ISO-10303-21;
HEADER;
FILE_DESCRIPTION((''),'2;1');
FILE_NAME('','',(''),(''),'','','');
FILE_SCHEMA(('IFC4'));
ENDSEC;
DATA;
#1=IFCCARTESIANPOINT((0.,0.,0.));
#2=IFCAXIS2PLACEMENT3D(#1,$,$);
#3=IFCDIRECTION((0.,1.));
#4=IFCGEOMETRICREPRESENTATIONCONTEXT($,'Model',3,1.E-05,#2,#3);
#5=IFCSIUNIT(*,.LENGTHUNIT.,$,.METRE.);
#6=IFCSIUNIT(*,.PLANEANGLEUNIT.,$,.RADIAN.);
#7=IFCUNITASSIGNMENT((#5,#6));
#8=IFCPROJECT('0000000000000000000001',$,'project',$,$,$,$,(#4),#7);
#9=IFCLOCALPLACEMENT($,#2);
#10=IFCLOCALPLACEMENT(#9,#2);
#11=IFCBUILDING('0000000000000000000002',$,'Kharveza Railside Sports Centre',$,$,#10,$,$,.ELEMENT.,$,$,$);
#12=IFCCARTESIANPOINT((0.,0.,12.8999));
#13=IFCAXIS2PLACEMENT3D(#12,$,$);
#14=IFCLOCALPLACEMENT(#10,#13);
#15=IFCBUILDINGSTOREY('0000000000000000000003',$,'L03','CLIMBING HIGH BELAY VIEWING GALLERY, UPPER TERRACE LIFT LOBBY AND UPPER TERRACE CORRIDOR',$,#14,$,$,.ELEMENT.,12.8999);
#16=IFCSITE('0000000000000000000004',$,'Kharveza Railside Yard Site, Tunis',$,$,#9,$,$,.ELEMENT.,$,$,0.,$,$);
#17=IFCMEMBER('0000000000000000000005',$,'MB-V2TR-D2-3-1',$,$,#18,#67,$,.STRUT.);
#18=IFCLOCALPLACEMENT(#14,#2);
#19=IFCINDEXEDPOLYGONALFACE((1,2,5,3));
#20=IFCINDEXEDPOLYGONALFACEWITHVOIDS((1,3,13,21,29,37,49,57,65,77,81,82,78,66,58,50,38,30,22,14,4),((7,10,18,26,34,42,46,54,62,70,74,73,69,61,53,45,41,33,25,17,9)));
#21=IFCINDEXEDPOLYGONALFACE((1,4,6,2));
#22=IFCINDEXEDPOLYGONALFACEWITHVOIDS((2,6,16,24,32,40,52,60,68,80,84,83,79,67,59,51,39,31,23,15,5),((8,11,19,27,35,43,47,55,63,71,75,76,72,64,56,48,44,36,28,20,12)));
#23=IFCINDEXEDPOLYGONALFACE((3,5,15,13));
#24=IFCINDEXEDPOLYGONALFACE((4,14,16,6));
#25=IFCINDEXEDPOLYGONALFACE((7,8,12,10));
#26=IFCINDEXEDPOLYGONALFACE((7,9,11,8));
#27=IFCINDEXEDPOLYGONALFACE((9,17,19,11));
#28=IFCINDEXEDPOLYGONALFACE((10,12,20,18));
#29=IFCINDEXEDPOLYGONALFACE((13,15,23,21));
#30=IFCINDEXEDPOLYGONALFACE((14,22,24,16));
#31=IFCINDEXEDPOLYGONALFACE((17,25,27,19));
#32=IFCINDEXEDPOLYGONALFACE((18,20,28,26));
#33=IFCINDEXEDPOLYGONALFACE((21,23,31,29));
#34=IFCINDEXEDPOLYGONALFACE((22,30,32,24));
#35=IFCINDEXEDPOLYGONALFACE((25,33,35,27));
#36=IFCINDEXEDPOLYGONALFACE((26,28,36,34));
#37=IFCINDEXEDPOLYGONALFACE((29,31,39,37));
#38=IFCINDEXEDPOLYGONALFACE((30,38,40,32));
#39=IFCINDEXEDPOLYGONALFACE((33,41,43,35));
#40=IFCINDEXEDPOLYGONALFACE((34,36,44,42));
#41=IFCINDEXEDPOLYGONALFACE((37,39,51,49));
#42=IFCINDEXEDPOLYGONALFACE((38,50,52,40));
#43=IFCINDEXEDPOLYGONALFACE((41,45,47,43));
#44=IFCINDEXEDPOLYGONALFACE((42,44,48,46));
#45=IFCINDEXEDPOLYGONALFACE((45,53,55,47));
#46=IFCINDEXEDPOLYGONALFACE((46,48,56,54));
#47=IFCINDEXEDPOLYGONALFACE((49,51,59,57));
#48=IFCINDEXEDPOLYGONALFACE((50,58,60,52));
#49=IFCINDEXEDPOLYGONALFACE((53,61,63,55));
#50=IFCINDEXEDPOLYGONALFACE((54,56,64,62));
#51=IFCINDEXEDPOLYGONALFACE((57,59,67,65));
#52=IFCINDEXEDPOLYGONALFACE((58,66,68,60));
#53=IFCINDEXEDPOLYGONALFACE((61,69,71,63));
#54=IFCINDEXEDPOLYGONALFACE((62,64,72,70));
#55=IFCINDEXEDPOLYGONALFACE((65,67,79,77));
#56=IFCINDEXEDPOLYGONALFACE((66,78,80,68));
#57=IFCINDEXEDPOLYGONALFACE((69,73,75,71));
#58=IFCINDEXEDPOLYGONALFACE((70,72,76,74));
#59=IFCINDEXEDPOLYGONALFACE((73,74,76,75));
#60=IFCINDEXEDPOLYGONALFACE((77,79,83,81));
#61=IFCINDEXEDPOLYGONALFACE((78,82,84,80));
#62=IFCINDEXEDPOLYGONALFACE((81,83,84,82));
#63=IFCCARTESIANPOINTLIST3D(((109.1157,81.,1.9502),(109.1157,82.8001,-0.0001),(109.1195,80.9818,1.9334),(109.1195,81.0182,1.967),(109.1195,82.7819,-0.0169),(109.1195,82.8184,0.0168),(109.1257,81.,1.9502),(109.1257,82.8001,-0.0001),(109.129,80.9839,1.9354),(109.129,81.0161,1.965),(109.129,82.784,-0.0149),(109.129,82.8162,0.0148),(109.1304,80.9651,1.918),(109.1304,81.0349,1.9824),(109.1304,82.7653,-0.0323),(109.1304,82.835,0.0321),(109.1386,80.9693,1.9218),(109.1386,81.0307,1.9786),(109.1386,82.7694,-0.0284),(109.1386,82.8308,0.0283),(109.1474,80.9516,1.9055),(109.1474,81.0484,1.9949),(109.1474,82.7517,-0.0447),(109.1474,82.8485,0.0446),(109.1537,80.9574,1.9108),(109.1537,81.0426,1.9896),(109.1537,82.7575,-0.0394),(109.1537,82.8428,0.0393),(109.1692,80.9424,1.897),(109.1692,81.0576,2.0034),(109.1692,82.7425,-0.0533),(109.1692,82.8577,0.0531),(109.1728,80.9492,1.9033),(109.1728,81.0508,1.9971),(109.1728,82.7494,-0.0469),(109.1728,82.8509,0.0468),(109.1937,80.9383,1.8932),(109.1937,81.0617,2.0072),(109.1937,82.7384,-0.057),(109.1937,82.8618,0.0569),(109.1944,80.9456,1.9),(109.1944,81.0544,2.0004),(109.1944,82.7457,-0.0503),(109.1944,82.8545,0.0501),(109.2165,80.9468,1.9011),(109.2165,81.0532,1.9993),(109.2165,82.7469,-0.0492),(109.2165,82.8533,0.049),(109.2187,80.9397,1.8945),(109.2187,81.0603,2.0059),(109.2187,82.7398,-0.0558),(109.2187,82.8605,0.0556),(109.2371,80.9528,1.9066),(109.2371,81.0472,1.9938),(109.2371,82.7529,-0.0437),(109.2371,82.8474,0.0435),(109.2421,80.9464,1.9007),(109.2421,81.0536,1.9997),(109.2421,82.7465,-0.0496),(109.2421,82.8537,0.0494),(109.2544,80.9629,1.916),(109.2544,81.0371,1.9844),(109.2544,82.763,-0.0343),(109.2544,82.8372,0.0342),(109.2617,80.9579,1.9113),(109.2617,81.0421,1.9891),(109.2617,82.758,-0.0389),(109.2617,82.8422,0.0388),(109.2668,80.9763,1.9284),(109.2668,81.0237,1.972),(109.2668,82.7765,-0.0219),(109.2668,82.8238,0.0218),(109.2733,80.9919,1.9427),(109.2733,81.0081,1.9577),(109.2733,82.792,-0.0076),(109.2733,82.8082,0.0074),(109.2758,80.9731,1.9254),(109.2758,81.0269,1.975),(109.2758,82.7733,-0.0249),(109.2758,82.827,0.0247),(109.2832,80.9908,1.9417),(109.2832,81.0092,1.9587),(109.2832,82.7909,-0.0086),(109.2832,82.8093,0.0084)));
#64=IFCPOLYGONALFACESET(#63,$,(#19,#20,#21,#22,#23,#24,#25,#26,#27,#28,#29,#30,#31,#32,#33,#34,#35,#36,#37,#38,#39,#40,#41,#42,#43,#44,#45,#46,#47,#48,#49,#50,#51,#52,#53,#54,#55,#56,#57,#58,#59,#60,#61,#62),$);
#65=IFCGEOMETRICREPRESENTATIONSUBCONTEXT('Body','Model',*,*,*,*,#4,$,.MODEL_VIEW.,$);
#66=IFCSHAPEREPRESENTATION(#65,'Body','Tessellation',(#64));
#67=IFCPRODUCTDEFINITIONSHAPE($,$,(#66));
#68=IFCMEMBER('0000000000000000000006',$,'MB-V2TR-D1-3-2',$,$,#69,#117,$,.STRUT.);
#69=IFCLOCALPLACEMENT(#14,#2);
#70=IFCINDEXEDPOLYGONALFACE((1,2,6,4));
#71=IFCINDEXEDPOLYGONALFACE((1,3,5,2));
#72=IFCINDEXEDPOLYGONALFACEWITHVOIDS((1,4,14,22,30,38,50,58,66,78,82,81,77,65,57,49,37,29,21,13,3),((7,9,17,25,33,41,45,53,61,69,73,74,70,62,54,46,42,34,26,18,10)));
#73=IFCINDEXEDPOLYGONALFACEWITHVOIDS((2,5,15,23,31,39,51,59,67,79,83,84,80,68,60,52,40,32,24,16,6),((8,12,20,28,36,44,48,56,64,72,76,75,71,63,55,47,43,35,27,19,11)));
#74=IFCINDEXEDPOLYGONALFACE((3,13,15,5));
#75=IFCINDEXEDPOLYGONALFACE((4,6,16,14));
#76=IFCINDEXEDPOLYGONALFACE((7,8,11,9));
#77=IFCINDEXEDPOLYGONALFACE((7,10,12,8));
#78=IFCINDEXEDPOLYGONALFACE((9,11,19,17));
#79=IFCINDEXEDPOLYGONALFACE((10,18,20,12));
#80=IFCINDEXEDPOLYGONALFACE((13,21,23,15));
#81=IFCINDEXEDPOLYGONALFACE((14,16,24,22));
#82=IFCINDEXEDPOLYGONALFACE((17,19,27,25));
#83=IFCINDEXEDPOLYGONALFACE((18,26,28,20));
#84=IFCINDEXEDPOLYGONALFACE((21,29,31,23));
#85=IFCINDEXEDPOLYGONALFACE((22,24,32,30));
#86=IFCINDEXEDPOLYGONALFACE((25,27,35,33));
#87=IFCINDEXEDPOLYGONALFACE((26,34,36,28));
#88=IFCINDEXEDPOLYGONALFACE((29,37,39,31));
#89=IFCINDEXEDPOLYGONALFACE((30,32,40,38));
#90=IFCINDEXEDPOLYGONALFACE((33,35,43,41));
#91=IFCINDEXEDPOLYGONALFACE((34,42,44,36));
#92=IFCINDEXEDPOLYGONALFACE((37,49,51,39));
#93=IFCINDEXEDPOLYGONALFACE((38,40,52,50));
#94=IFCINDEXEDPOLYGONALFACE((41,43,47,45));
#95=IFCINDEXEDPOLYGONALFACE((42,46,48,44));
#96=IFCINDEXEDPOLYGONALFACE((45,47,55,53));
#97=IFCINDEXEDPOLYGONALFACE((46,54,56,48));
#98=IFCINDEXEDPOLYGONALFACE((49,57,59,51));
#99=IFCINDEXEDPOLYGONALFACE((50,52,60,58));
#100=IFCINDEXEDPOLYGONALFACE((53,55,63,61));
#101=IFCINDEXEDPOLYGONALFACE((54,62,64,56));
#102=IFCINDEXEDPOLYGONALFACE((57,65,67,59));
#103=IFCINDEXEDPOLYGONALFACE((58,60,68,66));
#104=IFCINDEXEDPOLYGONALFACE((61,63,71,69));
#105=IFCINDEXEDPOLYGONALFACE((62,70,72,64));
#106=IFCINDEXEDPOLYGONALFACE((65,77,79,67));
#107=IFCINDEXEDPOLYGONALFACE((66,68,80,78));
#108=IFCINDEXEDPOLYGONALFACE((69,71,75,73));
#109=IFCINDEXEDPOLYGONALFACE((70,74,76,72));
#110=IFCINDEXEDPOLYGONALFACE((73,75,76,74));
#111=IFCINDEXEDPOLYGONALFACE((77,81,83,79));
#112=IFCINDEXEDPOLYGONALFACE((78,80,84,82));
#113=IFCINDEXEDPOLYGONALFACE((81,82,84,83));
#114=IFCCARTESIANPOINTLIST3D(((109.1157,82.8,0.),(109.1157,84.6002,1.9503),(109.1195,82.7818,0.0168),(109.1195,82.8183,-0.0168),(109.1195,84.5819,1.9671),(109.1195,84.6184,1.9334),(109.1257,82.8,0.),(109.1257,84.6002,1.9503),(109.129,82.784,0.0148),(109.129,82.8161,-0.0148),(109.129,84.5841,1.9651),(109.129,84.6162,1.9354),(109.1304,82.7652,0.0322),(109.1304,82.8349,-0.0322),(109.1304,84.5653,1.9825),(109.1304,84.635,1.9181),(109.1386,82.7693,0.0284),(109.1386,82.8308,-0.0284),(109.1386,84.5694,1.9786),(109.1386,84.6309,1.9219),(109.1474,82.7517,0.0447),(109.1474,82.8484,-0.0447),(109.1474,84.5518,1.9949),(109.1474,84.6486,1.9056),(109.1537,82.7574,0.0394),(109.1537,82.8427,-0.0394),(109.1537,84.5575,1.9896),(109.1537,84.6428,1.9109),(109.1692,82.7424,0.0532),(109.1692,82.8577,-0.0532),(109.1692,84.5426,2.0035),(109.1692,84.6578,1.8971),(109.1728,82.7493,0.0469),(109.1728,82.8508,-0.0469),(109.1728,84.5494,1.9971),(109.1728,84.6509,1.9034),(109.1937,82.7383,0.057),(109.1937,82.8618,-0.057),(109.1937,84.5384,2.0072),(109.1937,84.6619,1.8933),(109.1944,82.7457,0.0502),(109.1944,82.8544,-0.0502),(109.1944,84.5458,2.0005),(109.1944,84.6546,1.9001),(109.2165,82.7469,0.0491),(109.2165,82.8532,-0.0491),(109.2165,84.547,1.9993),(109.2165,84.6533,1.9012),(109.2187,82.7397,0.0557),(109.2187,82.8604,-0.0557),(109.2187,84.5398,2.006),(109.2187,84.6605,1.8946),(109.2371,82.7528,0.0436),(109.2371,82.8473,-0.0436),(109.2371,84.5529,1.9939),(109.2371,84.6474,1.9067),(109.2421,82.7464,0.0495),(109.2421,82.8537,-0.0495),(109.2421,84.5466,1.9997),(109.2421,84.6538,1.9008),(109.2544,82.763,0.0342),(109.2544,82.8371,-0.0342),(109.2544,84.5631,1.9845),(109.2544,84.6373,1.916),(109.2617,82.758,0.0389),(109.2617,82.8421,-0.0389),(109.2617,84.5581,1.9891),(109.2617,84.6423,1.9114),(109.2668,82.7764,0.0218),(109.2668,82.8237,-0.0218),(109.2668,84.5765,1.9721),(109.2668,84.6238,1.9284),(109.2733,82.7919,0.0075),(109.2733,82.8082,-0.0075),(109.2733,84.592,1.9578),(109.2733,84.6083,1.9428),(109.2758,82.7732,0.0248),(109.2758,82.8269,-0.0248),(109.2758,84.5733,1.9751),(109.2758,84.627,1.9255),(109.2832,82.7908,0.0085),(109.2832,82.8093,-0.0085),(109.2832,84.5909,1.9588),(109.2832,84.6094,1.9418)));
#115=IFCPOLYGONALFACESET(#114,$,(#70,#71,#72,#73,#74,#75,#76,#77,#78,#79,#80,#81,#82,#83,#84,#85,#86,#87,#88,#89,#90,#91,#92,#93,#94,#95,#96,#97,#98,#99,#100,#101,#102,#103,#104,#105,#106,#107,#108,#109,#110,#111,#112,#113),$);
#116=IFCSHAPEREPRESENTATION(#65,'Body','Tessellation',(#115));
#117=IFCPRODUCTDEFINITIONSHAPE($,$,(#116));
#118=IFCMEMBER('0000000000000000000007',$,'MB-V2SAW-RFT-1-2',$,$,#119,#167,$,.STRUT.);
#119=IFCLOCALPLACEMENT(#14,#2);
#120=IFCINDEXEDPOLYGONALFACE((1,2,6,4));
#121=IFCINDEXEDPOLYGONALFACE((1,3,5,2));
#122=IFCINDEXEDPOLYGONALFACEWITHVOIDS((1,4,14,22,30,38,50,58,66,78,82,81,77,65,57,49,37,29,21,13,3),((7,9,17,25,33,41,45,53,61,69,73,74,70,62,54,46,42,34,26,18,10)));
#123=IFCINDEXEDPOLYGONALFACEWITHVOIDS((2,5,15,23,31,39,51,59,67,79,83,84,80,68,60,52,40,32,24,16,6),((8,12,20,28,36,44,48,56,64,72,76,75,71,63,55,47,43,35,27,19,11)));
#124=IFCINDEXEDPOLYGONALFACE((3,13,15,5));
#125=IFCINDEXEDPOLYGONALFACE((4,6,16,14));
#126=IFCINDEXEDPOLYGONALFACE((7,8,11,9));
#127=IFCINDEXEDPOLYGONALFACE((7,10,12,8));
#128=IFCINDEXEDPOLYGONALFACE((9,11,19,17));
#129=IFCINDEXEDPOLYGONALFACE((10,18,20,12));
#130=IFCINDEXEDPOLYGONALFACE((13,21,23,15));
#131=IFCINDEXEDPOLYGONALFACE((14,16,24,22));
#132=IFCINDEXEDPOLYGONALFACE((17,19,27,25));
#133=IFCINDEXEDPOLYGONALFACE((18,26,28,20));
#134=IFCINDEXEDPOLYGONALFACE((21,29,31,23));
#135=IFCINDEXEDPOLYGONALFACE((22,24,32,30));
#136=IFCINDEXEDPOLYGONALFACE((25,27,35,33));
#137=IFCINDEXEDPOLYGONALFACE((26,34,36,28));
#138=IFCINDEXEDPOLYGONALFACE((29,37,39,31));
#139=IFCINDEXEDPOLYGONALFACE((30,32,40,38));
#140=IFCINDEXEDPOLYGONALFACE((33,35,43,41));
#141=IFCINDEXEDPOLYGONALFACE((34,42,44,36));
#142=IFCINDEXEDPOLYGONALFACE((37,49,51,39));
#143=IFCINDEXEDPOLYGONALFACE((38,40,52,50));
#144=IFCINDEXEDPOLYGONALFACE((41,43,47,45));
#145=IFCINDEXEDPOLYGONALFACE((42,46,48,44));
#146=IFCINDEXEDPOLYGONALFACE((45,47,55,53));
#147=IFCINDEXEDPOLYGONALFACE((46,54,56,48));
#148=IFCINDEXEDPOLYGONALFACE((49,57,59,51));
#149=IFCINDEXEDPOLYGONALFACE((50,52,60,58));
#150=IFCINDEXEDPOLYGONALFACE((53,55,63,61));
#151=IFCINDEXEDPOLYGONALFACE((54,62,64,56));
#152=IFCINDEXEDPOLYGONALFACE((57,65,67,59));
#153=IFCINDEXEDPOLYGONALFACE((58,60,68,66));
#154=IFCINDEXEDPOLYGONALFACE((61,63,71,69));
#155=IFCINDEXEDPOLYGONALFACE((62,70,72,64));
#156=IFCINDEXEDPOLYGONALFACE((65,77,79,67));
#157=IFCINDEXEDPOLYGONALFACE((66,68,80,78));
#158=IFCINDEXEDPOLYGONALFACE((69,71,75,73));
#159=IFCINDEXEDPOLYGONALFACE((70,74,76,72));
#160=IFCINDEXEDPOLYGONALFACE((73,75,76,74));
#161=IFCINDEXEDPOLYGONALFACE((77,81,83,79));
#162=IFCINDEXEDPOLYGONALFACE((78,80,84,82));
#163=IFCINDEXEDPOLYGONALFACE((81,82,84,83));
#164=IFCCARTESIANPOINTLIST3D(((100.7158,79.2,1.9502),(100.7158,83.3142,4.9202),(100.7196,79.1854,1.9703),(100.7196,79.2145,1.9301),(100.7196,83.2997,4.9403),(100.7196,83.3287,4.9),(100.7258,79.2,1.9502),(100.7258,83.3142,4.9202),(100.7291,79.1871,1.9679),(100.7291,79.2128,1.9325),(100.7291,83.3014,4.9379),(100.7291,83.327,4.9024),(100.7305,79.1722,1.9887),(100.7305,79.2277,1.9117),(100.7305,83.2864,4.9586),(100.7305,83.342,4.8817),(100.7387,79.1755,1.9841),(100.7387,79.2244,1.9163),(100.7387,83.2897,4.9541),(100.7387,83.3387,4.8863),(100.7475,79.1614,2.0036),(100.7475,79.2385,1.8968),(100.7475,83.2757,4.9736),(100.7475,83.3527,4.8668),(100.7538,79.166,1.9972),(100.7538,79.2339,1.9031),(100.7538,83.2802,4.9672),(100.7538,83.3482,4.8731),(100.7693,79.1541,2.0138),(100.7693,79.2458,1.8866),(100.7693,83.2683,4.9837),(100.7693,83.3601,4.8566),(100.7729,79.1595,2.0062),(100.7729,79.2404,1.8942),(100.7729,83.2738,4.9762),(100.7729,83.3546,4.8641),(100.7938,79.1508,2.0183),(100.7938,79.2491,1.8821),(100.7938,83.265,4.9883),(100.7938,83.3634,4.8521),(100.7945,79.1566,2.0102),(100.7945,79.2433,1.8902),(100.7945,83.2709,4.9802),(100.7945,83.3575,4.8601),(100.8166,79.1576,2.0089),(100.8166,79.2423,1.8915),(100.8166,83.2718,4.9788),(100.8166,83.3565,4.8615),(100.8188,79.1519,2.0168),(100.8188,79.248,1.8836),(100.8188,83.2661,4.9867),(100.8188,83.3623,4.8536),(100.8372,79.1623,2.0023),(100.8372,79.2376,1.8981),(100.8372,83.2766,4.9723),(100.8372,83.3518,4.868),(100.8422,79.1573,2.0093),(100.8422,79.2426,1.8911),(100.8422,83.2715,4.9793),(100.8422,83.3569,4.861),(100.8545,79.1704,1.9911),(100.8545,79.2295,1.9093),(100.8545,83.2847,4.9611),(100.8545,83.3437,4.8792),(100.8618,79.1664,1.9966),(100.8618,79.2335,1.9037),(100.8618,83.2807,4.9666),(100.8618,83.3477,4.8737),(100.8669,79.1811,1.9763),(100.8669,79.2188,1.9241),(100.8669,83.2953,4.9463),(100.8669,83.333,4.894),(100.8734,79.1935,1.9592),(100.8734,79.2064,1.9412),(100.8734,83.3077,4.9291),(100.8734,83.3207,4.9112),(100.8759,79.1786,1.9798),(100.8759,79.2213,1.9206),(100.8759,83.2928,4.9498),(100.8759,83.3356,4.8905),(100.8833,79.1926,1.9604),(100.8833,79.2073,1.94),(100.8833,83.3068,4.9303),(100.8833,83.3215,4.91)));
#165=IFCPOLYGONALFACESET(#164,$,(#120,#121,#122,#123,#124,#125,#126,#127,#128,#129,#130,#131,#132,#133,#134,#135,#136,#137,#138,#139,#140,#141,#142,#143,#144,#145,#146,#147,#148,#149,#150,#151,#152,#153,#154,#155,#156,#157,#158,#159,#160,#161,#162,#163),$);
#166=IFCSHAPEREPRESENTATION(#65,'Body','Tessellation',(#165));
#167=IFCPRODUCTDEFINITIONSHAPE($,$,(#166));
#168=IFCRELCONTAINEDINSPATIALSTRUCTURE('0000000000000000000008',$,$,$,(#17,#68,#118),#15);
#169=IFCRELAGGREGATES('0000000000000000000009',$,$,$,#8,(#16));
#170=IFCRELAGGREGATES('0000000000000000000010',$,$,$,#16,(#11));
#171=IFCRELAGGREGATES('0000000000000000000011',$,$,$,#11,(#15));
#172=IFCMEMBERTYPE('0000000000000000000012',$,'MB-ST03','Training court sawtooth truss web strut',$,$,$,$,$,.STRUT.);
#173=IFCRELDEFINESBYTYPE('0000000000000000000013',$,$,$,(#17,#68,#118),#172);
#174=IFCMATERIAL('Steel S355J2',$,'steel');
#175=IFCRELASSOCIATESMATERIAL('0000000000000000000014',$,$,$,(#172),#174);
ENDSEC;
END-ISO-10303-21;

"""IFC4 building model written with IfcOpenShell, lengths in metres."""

from ifc_helpers import new_model, si_unit, direction, frame, origin, origin_2d, place, context, subcontext, project, spatial, hollow_circle, extrude, material, material_profile, profile_set, type_object, element, save


model = new_model("IFC4")

# Units and contexts
model_context = context("Model", 3, precision=1e-05, world=origin(), true_north=direction((0.0, 1.0)))
body_context = subcontext(model_context, "Body", "Model", "MODEL_VIEW")
ifc_project = project(units=[si_unit("LENGTHUNIT", "METRE"), si_unit("PLANEANGLEUNIT", "RADIAN")], contexts=[model_context])

# Site, building, storey
site_placement = place(None, origin())
site = spatial("IfcSite", under=ifc_project, at=site_placement, Name="Kharveza Railside Yard Site, Tunis", CompositionType="ELEMENT", RefElevation=0.0)
building_placement = place(site_placement, origin())
building = spatial("IfcBuilding", under=site, at=building_placement, Name="Kharveza Railside Sports Centre", CompositionType="ELEMENT")
storey_placement = place(building_placement, frame((0.0, 0.0, 12.8999)))
storey = spatial("IfcBuildingStorey", under=building, at=storey_placement, Name="L03", Description="CLIMBING HIGH BELAY VIEWING GALLERY, UPPER TERRACE LIFT LOBBY AND UPPER TERRACE CORRIDOR", CompositionType="ELEMENT", Elevation=12.8999)

# Shared definitions
ifc_material_1 = material(Name="Steel S355J2", Category="steel")

# Members
ifc_material_profile_1 = material_profile(ifc_material_1, hollow_circle(Radius=0.0842, WallThickness=0.01, at=origin_2d()), Name="CHS 168.3x10.0")
ifc_profile_set_1 = profile_set([ifc_material_profile_1], Name="Steel S355J2")
member_type_1 = type_object("IfcMemberType", Name="MB-ST03", Description="Training court sawtooth truss web strut", PredefinedType="STRUT", material=ifc_profile_set_1)
for number, where, z_axis, x_axis, name in (
    (1, (109.2, 81.0, 1.9502), (0.0, 0.678253, -0.734828), (-1.0, 0.0, 0.0), "MB-V2TR-D2-3-1"),
    (2, (109.2, 82.8, 0.0), (0.0, 0.678253, 0.734828), (-1.0, 0.0, 0.0), "MB-V2TR-D1-3-2"),
):
    element("IfcMember", number, at=place(storey_placement, frame(where, z_axis=z_axis, x_axis=x_axis)), inside=storey, type_object=member_type_1, Name=name, PredefinedType="STRUT", context=body_context, shape_type="SweptSolid", body=[
        extrude(hollow_circle(Radius=0.0842, WallThickness=0.01, at=origin_2d()), origin(), (0.0, 0.0, 1.0), 2.6541),
    ])
for number, where, z_axis, x_axis, name in (
    (3, (100.8, 79.2, 1.9502), (0.0, 0.810814, 0.585304), (-1.0, 0.0, 0.0), "MB-V2SAW-RFT-1-2"),
):
    element("IfcMember", number, at=place(storey_placement, frame(where, z_axis=z_axis, x_axis=x_axis)), inside=storey, type_object=member_type_1, Name=name, PredefinedType="STRUT", context=body_context, shape_type="SweptSolid", body=[
        extrude(hollow_circle(Radius=0.0842, WallThickness=0.01, at=origin_2d()), origin(), (0.0, 0.0, 1.0), 5.0742),
    ])

save(model, "model.ifc")
